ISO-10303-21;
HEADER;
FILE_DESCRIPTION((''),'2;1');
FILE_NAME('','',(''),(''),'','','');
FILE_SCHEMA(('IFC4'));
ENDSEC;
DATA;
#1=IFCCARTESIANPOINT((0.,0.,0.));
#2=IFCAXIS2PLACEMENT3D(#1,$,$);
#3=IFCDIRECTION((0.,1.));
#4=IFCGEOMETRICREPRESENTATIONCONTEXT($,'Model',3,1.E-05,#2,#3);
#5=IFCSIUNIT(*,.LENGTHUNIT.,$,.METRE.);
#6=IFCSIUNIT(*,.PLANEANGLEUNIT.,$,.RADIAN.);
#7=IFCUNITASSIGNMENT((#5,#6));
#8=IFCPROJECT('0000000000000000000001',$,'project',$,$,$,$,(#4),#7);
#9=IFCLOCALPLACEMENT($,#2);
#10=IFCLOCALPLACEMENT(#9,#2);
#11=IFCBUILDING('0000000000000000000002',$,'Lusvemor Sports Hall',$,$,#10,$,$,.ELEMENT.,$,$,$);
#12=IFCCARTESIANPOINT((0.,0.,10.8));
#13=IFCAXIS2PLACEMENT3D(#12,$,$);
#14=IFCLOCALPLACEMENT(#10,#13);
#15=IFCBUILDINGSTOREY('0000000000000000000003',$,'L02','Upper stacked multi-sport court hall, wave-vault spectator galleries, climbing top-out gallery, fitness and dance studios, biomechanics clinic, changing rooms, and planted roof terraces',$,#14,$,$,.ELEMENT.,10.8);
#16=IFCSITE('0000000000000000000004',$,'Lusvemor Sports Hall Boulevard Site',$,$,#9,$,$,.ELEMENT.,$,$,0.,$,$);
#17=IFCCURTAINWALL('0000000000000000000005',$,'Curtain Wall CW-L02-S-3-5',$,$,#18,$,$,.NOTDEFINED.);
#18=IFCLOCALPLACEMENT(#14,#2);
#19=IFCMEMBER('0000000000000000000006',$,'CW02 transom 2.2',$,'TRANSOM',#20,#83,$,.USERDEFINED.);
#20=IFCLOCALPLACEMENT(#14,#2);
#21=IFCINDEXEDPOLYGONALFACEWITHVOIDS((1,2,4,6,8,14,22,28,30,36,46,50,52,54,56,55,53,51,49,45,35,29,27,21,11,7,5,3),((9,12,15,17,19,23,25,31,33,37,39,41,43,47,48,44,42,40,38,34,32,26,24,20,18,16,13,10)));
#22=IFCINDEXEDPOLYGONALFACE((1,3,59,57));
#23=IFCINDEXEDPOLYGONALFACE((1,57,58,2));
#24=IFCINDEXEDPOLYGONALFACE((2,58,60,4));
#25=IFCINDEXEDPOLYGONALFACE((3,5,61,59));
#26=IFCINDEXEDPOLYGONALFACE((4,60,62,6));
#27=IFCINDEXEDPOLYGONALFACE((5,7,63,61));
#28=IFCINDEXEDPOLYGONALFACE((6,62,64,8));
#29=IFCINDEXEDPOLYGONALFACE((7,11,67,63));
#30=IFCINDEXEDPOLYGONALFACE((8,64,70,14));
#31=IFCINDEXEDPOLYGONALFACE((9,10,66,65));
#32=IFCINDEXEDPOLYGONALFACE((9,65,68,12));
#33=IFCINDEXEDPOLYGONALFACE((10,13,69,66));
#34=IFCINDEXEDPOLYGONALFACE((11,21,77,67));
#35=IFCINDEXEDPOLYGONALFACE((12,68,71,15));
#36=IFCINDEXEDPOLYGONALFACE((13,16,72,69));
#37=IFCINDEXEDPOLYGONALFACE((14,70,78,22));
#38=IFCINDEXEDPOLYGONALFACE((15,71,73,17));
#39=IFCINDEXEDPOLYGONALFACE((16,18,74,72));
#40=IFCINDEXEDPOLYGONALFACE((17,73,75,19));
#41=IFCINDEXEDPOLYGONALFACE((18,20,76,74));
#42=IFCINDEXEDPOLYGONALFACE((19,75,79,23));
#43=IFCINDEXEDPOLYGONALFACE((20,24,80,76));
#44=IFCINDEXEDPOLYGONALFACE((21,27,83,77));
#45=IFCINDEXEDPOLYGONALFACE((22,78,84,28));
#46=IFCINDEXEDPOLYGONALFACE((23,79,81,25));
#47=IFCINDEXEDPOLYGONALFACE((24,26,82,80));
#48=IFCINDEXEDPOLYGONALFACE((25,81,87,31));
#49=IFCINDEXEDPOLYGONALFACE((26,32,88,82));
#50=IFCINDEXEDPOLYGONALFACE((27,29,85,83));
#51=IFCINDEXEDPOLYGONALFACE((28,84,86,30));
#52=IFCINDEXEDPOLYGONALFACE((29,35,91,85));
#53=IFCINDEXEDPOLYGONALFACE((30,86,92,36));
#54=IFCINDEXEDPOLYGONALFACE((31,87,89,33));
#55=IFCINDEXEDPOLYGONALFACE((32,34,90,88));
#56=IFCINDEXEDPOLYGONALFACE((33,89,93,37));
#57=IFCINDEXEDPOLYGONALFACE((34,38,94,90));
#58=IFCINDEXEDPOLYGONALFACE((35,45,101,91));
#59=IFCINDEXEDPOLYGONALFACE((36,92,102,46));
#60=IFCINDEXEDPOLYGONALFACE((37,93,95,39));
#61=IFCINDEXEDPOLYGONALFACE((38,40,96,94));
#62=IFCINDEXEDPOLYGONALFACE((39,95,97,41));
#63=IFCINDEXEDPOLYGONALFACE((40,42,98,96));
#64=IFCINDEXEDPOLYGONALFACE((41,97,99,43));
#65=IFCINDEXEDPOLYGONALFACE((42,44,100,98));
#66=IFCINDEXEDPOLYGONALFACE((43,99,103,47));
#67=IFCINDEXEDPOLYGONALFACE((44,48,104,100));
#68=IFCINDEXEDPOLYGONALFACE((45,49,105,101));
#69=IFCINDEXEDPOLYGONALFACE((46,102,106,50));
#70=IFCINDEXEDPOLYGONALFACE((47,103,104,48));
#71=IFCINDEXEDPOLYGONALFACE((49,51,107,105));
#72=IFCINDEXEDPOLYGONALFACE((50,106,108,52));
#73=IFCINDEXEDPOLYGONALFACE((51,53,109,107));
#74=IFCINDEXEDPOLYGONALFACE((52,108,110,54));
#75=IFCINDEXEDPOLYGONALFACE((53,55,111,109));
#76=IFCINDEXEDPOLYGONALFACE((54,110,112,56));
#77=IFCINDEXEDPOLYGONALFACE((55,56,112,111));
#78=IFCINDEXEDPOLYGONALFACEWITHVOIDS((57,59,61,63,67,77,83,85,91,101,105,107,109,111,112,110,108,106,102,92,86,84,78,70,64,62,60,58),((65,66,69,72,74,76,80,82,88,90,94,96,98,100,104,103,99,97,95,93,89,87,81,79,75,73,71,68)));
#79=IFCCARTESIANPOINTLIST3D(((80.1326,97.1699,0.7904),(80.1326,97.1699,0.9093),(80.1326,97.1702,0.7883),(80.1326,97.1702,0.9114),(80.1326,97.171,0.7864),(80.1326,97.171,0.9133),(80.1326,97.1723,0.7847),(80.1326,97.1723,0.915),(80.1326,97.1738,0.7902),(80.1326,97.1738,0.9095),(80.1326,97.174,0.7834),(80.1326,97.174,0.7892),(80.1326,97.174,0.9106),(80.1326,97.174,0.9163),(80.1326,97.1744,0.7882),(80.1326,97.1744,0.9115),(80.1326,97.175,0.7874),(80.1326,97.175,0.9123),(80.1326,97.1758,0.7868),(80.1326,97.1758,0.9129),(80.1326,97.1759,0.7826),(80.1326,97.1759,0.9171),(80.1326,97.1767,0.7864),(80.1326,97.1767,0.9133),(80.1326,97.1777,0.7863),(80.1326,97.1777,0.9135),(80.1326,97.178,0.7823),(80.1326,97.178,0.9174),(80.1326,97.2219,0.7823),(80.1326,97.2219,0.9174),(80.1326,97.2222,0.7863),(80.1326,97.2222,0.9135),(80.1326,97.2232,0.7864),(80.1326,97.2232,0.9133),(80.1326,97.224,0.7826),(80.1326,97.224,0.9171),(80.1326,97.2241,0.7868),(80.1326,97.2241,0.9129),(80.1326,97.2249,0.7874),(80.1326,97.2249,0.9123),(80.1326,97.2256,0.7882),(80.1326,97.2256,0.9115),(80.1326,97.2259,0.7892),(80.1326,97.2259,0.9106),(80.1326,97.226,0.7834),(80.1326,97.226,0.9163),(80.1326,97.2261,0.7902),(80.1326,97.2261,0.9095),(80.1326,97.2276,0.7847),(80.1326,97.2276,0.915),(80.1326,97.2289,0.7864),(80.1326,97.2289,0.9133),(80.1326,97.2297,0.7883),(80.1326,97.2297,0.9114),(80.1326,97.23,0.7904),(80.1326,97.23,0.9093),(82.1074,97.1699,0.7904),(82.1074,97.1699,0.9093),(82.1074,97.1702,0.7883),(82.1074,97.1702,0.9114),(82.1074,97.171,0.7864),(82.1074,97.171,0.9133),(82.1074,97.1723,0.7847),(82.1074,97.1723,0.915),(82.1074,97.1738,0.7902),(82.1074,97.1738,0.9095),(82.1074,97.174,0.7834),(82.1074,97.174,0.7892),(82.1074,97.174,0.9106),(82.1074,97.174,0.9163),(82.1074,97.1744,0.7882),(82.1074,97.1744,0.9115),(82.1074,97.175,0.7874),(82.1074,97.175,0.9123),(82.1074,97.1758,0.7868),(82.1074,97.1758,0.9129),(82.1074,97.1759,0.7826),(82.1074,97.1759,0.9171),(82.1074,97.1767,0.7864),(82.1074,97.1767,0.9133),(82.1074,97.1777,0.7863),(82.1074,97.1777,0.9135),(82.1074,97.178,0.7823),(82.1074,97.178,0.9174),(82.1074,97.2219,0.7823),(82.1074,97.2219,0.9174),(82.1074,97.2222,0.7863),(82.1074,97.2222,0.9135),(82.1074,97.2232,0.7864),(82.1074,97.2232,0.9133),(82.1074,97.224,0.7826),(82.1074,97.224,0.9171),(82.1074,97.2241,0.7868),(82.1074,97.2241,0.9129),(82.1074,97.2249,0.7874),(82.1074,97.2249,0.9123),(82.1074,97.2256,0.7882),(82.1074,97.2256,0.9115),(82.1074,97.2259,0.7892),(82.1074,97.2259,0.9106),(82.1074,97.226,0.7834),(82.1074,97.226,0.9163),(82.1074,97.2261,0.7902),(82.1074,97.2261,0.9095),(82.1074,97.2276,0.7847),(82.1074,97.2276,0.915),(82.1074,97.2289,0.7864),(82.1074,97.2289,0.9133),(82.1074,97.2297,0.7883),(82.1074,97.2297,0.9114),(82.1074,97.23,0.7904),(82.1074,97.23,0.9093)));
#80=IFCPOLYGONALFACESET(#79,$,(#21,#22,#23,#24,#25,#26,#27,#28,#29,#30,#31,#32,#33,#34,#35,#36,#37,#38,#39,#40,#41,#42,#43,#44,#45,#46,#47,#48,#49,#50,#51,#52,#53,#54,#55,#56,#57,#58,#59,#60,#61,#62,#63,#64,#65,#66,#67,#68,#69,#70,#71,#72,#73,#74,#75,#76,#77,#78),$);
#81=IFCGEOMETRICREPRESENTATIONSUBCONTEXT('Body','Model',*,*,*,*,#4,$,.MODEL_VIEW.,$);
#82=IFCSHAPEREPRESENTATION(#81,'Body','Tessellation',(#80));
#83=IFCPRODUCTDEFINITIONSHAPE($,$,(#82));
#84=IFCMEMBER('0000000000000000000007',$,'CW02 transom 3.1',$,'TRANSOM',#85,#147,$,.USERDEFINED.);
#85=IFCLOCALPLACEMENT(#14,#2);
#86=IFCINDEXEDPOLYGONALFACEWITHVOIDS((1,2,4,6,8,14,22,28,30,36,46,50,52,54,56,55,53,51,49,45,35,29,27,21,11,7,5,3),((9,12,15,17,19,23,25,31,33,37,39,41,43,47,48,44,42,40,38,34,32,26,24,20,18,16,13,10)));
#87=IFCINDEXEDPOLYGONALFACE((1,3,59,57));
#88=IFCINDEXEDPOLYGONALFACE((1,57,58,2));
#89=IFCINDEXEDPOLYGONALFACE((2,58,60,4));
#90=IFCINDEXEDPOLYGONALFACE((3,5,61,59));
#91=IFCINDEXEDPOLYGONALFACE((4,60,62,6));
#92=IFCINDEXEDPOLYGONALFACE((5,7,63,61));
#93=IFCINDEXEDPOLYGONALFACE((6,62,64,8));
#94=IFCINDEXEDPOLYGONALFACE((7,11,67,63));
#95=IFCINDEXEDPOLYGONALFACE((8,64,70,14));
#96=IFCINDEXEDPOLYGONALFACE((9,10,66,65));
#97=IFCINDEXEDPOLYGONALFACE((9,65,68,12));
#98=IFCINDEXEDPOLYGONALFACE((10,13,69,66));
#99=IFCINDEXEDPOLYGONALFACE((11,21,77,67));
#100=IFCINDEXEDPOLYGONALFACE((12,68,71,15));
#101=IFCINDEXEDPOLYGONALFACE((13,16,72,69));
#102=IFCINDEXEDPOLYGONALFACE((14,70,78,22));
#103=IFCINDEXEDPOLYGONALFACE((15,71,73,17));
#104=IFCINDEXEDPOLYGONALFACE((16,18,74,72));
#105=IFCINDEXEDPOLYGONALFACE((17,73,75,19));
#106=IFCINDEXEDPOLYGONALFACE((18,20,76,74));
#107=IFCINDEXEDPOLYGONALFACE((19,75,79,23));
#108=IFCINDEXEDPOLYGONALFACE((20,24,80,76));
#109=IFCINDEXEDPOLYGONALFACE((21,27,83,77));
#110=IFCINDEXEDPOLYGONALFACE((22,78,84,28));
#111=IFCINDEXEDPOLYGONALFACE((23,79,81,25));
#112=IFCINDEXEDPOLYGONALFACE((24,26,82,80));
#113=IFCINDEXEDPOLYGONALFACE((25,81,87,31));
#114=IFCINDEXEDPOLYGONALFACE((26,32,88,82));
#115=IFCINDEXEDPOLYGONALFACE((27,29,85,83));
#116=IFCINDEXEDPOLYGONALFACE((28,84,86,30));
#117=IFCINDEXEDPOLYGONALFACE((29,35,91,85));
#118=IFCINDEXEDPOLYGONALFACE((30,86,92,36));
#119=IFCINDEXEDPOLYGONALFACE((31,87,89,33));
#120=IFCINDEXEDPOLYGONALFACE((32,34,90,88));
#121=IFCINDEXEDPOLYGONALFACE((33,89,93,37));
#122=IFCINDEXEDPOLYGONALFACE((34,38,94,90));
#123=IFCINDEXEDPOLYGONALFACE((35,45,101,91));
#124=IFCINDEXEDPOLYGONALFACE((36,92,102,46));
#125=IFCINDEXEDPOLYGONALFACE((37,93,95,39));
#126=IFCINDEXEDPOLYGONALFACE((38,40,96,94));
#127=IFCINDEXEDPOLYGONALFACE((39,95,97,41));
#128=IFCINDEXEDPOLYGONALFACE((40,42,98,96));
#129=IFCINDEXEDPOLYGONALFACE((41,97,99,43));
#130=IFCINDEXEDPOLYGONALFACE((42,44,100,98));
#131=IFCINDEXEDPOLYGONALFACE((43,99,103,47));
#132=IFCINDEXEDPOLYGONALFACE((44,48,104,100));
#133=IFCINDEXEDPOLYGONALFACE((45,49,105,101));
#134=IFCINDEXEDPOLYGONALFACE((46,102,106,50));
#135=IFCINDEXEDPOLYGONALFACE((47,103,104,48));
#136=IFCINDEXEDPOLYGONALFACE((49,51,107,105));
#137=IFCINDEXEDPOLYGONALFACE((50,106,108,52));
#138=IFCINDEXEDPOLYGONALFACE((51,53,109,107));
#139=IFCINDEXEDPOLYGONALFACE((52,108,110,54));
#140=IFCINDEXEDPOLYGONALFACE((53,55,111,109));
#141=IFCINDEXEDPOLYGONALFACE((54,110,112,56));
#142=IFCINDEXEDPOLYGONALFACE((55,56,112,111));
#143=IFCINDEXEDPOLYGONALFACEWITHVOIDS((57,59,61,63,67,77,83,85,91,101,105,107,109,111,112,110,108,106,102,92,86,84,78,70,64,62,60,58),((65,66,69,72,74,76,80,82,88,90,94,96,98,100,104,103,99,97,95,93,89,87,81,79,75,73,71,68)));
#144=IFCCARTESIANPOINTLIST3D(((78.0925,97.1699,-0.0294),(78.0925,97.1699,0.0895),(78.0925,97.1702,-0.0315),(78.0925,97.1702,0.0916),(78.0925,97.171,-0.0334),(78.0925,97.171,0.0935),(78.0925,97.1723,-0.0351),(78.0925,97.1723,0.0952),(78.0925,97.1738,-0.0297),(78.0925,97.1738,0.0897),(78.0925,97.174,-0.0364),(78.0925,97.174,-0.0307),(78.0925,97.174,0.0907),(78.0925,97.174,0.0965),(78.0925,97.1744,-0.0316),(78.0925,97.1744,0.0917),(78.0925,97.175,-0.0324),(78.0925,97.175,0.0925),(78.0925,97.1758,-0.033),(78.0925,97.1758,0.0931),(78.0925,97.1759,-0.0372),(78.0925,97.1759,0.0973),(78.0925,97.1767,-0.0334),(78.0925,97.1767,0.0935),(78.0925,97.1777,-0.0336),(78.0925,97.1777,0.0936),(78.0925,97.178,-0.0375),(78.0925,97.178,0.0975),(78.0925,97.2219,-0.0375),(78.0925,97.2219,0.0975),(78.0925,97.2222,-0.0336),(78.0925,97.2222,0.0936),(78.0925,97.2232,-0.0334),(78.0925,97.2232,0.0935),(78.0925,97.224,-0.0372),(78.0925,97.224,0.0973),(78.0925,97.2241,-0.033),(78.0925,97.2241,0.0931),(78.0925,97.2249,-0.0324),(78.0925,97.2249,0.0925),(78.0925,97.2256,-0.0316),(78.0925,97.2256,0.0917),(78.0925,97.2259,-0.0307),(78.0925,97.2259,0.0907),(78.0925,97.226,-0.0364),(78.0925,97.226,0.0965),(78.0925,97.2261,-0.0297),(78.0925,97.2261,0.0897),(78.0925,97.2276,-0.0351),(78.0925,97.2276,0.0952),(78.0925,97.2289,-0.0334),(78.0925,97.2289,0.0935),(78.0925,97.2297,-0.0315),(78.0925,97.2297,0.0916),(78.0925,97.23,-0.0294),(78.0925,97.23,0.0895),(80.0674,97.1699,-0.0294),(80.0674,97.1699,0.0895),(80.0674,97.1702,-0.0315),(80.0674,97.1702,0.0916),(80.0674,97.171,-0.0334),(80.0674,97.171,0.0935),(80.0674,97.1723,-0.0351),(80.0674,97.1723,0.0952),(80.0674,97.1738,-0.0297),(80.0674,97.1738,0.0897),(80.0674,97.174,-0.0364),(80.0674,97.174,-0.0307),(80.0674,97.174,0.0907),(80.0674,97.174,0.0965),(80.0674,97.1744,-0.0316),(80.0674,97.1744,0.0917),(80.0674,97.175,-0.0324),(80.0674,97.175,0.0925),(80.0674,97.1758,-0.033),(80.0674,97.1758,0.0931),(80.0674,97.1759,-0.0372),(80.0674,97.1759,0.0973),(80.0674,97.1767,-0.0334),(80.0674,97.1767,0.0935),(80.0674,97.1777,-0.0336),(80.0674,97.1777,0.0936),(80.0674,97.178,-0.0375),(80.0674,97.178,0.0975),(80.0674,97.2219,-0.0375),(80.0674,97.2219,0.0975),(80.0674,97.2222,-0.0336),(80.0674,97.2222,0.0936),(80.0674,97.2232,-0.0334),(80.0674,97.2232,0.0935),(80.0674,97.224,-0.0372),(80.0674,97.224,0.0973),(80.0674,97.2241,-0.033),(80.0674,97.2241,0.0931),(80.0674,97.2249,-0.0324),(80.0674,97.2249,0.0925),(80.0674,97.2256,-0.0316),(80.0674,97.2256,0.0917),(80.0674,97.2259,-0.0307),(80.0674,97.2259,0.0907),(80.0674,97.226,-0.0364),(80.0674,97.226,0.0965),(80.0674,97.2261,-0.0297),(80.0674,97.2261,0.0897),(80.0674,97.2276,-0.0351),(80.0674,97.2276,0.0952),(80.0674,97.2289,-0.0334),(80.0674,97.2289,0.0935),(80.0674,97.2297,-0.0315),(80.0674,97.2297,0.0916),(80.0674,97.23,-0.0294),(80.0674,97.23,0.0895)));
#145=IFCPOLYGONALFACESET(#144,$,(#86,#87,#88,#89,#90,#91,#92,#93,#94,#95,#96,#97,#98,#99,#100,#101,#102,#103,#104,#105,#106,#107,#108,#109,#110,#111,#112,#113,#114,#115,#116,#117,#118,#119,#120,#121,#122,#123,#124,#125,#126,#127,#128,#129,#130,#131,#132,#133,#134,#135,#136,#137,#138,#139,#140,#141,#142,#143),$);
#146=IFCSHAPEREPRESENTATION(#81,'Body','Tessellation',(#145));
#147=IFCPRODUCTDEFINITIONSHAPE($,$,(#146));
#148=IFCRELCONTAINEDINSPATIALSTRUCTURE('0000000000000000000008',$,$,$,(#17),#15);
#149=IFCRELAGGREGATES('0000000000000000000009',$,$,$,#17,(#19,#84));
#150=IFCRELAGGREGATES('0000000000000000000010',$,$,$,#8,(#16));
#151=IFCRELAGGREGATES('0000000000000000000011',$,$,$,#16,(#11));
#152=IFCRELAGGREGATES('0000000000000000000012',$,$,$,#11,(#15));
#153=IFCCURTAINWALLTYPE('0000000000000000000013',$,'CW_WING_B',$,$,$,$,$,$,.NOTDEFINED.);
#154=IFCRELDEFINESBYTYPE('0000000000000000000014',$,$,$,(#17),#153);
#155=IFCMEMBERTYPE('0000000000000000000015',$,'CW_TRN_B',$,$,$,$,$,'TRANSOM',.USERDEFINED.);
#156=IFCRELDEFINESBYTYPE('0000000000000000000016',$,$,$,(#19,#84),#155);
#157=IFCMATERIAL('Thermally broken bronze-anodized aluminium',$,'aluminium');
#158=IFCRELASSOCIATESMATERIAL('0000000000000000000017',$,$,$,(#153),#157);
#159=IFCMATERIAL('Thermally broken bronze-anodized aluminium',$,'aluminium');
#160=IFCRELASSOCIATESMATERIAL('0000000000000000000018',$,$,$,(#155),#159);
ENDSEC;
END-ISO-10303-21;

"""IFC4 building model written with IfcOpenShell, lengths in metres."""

from ifc_helpers import new_model, si_unit, direction, frame, origin, origin_2d, place, context, subcontext, project, spatial, hollow_rectangle, extrude, material, material_profile, profile_set, type_object, element, aggregate, save


model = new_model("IFC4")

# Units and contexts
model_context = context("Model", 3, precision=1e-05, world=origin(), true_north=direction((0.0, 1.0)))
body_context = subcontext(model_context, "Body", "Model", "MODEL_VIEW")
ifc_project = project(units=[si_unit("LENGTHUNIT", "METRE"), si_unit("PLANEANGLEUNIT", "RADIAN")], contexts=[model_context])

# Site, building, storey
site_placement = place(None, origin())
site = spatial("IfcSite", under=ifc_project, at=site_placement, Name="Lusvemor Sports Hall Boulevard Site", CompositionType="ELEMENT", RefElevation=0.0)
building_placement = place(site_placement, origin())
building = spatial("IfcBuilding", under=site, at=building_placement, Name="Lusvemor Sports Hall", CompositionType="ELEMENT")
storey_placement = place(building_placement, frame((0.0, 0.0, 10.8)))
storey = spatial("IfcBuildingStorey", under=building, at=storey_placement, Name="L02", Description="Upper stacked multi-sport court hall, wave-vault spectator galleries, climbing top-out gallery, fitness and dance studios, biomechanics clinic, changing rooms, and planted roof terraces", CompositionType="ELEMENT", Elevation=10.8)

# Shared definitions
ifc_material_1 = material(Name="Thermally broken bronze-anodized aluminium", Category="aluminium")
curtain_wall_type = type_object("IfcCurtainWallType", Name="CW_WING_B", PredefinedType="NOTDEFINED", material=ifc_material_1)

# Curtain wall, members
curtain_wall_1_placement = place(storey_placement, origin())
curtain_wall_1 = element("IfcCurtainWall", 1, at=curtain_wall_1_placement, inside=storey, type_object=curtain_wall_type, Name="Curtain Wall CW-L02-S-3-5", PredefinedType="NOTDEFINED")
ifc_material_2 = material(Name="Thermally broken bronze-anodized aluminium", Category="aluminium")
ifc_material_profile_1 = material_profile(ifc_material_2, hollow_rectangle(XDim=0.0601, YDim=0.135, WallThickness=0.0039, InnerFilletRadius=0.0039, OuterFilletRadius=0.0081, at=origin_2d()), Name="CWTRN135x60x4")
ifc_profile_set_1 = profile_set([ifc_material_profile_1], Name="Thermally broken bronze-anodized aluminium")
member_type_1 = type_object("IfcMemberType", Name="CW_TRN_B", ElementType="TRANSOM", PredefinedType="USERDEFINED", material=ifc_profile_set_1)
member_1_placement = place(storey_placement, frame((82.1074, 97.2, 0.8499), z_axis=(-1.0, 0.0, 0.0), x_axis=(0.0, -1.0, 0.0)))
member_1 = element("IfcMember", 2, at=member_1_placement, type_object=member_type_1, Name="CW02 transom 2.2", ObjectType="TRANSOM", PredefinedType="USERDEFINED", context=body_context, shape_type="SweptSolid", body=[
    extrude(hollow_rectangle(XDim=0.0601, YDim=0.135, WallThickness=0.0039, InnerFilletRadius=0.0039, OuterFilletRadius=0.0081, at=origin_2d()), origin(), (0.0, 0.0, 1.0), 1.9749),
])
member_2_placement = place(storey_placement, frame((80.0674, 97.2, 0.03), z_axis=(-1.0, 0.0, 0.0), x_axis=(0.0, -1.0, 0.0)))
member_2 = element("IfcMember", 3, at=member_2_placement, type_object=member_type_1, Name="CW02 transom 3.1", ObjectType="TRANSOM", PredefinedType="USERDEFINED", context=body_context, shape_type="SweptSolid", body=[
    extrude(hollow_rectangle(XDim=0.0601, YDim=0.135, WallThickness=0.0039, InnerFilletRadius=0.0039, OuterFilletRadius=0.0081, at=origin_2d()), origin(), (0.0, 0.0, 1.0), 1.9749),
])

aggregate(curtain_wall_1, [member_1, member_2])

save(model, "model.ifc")
